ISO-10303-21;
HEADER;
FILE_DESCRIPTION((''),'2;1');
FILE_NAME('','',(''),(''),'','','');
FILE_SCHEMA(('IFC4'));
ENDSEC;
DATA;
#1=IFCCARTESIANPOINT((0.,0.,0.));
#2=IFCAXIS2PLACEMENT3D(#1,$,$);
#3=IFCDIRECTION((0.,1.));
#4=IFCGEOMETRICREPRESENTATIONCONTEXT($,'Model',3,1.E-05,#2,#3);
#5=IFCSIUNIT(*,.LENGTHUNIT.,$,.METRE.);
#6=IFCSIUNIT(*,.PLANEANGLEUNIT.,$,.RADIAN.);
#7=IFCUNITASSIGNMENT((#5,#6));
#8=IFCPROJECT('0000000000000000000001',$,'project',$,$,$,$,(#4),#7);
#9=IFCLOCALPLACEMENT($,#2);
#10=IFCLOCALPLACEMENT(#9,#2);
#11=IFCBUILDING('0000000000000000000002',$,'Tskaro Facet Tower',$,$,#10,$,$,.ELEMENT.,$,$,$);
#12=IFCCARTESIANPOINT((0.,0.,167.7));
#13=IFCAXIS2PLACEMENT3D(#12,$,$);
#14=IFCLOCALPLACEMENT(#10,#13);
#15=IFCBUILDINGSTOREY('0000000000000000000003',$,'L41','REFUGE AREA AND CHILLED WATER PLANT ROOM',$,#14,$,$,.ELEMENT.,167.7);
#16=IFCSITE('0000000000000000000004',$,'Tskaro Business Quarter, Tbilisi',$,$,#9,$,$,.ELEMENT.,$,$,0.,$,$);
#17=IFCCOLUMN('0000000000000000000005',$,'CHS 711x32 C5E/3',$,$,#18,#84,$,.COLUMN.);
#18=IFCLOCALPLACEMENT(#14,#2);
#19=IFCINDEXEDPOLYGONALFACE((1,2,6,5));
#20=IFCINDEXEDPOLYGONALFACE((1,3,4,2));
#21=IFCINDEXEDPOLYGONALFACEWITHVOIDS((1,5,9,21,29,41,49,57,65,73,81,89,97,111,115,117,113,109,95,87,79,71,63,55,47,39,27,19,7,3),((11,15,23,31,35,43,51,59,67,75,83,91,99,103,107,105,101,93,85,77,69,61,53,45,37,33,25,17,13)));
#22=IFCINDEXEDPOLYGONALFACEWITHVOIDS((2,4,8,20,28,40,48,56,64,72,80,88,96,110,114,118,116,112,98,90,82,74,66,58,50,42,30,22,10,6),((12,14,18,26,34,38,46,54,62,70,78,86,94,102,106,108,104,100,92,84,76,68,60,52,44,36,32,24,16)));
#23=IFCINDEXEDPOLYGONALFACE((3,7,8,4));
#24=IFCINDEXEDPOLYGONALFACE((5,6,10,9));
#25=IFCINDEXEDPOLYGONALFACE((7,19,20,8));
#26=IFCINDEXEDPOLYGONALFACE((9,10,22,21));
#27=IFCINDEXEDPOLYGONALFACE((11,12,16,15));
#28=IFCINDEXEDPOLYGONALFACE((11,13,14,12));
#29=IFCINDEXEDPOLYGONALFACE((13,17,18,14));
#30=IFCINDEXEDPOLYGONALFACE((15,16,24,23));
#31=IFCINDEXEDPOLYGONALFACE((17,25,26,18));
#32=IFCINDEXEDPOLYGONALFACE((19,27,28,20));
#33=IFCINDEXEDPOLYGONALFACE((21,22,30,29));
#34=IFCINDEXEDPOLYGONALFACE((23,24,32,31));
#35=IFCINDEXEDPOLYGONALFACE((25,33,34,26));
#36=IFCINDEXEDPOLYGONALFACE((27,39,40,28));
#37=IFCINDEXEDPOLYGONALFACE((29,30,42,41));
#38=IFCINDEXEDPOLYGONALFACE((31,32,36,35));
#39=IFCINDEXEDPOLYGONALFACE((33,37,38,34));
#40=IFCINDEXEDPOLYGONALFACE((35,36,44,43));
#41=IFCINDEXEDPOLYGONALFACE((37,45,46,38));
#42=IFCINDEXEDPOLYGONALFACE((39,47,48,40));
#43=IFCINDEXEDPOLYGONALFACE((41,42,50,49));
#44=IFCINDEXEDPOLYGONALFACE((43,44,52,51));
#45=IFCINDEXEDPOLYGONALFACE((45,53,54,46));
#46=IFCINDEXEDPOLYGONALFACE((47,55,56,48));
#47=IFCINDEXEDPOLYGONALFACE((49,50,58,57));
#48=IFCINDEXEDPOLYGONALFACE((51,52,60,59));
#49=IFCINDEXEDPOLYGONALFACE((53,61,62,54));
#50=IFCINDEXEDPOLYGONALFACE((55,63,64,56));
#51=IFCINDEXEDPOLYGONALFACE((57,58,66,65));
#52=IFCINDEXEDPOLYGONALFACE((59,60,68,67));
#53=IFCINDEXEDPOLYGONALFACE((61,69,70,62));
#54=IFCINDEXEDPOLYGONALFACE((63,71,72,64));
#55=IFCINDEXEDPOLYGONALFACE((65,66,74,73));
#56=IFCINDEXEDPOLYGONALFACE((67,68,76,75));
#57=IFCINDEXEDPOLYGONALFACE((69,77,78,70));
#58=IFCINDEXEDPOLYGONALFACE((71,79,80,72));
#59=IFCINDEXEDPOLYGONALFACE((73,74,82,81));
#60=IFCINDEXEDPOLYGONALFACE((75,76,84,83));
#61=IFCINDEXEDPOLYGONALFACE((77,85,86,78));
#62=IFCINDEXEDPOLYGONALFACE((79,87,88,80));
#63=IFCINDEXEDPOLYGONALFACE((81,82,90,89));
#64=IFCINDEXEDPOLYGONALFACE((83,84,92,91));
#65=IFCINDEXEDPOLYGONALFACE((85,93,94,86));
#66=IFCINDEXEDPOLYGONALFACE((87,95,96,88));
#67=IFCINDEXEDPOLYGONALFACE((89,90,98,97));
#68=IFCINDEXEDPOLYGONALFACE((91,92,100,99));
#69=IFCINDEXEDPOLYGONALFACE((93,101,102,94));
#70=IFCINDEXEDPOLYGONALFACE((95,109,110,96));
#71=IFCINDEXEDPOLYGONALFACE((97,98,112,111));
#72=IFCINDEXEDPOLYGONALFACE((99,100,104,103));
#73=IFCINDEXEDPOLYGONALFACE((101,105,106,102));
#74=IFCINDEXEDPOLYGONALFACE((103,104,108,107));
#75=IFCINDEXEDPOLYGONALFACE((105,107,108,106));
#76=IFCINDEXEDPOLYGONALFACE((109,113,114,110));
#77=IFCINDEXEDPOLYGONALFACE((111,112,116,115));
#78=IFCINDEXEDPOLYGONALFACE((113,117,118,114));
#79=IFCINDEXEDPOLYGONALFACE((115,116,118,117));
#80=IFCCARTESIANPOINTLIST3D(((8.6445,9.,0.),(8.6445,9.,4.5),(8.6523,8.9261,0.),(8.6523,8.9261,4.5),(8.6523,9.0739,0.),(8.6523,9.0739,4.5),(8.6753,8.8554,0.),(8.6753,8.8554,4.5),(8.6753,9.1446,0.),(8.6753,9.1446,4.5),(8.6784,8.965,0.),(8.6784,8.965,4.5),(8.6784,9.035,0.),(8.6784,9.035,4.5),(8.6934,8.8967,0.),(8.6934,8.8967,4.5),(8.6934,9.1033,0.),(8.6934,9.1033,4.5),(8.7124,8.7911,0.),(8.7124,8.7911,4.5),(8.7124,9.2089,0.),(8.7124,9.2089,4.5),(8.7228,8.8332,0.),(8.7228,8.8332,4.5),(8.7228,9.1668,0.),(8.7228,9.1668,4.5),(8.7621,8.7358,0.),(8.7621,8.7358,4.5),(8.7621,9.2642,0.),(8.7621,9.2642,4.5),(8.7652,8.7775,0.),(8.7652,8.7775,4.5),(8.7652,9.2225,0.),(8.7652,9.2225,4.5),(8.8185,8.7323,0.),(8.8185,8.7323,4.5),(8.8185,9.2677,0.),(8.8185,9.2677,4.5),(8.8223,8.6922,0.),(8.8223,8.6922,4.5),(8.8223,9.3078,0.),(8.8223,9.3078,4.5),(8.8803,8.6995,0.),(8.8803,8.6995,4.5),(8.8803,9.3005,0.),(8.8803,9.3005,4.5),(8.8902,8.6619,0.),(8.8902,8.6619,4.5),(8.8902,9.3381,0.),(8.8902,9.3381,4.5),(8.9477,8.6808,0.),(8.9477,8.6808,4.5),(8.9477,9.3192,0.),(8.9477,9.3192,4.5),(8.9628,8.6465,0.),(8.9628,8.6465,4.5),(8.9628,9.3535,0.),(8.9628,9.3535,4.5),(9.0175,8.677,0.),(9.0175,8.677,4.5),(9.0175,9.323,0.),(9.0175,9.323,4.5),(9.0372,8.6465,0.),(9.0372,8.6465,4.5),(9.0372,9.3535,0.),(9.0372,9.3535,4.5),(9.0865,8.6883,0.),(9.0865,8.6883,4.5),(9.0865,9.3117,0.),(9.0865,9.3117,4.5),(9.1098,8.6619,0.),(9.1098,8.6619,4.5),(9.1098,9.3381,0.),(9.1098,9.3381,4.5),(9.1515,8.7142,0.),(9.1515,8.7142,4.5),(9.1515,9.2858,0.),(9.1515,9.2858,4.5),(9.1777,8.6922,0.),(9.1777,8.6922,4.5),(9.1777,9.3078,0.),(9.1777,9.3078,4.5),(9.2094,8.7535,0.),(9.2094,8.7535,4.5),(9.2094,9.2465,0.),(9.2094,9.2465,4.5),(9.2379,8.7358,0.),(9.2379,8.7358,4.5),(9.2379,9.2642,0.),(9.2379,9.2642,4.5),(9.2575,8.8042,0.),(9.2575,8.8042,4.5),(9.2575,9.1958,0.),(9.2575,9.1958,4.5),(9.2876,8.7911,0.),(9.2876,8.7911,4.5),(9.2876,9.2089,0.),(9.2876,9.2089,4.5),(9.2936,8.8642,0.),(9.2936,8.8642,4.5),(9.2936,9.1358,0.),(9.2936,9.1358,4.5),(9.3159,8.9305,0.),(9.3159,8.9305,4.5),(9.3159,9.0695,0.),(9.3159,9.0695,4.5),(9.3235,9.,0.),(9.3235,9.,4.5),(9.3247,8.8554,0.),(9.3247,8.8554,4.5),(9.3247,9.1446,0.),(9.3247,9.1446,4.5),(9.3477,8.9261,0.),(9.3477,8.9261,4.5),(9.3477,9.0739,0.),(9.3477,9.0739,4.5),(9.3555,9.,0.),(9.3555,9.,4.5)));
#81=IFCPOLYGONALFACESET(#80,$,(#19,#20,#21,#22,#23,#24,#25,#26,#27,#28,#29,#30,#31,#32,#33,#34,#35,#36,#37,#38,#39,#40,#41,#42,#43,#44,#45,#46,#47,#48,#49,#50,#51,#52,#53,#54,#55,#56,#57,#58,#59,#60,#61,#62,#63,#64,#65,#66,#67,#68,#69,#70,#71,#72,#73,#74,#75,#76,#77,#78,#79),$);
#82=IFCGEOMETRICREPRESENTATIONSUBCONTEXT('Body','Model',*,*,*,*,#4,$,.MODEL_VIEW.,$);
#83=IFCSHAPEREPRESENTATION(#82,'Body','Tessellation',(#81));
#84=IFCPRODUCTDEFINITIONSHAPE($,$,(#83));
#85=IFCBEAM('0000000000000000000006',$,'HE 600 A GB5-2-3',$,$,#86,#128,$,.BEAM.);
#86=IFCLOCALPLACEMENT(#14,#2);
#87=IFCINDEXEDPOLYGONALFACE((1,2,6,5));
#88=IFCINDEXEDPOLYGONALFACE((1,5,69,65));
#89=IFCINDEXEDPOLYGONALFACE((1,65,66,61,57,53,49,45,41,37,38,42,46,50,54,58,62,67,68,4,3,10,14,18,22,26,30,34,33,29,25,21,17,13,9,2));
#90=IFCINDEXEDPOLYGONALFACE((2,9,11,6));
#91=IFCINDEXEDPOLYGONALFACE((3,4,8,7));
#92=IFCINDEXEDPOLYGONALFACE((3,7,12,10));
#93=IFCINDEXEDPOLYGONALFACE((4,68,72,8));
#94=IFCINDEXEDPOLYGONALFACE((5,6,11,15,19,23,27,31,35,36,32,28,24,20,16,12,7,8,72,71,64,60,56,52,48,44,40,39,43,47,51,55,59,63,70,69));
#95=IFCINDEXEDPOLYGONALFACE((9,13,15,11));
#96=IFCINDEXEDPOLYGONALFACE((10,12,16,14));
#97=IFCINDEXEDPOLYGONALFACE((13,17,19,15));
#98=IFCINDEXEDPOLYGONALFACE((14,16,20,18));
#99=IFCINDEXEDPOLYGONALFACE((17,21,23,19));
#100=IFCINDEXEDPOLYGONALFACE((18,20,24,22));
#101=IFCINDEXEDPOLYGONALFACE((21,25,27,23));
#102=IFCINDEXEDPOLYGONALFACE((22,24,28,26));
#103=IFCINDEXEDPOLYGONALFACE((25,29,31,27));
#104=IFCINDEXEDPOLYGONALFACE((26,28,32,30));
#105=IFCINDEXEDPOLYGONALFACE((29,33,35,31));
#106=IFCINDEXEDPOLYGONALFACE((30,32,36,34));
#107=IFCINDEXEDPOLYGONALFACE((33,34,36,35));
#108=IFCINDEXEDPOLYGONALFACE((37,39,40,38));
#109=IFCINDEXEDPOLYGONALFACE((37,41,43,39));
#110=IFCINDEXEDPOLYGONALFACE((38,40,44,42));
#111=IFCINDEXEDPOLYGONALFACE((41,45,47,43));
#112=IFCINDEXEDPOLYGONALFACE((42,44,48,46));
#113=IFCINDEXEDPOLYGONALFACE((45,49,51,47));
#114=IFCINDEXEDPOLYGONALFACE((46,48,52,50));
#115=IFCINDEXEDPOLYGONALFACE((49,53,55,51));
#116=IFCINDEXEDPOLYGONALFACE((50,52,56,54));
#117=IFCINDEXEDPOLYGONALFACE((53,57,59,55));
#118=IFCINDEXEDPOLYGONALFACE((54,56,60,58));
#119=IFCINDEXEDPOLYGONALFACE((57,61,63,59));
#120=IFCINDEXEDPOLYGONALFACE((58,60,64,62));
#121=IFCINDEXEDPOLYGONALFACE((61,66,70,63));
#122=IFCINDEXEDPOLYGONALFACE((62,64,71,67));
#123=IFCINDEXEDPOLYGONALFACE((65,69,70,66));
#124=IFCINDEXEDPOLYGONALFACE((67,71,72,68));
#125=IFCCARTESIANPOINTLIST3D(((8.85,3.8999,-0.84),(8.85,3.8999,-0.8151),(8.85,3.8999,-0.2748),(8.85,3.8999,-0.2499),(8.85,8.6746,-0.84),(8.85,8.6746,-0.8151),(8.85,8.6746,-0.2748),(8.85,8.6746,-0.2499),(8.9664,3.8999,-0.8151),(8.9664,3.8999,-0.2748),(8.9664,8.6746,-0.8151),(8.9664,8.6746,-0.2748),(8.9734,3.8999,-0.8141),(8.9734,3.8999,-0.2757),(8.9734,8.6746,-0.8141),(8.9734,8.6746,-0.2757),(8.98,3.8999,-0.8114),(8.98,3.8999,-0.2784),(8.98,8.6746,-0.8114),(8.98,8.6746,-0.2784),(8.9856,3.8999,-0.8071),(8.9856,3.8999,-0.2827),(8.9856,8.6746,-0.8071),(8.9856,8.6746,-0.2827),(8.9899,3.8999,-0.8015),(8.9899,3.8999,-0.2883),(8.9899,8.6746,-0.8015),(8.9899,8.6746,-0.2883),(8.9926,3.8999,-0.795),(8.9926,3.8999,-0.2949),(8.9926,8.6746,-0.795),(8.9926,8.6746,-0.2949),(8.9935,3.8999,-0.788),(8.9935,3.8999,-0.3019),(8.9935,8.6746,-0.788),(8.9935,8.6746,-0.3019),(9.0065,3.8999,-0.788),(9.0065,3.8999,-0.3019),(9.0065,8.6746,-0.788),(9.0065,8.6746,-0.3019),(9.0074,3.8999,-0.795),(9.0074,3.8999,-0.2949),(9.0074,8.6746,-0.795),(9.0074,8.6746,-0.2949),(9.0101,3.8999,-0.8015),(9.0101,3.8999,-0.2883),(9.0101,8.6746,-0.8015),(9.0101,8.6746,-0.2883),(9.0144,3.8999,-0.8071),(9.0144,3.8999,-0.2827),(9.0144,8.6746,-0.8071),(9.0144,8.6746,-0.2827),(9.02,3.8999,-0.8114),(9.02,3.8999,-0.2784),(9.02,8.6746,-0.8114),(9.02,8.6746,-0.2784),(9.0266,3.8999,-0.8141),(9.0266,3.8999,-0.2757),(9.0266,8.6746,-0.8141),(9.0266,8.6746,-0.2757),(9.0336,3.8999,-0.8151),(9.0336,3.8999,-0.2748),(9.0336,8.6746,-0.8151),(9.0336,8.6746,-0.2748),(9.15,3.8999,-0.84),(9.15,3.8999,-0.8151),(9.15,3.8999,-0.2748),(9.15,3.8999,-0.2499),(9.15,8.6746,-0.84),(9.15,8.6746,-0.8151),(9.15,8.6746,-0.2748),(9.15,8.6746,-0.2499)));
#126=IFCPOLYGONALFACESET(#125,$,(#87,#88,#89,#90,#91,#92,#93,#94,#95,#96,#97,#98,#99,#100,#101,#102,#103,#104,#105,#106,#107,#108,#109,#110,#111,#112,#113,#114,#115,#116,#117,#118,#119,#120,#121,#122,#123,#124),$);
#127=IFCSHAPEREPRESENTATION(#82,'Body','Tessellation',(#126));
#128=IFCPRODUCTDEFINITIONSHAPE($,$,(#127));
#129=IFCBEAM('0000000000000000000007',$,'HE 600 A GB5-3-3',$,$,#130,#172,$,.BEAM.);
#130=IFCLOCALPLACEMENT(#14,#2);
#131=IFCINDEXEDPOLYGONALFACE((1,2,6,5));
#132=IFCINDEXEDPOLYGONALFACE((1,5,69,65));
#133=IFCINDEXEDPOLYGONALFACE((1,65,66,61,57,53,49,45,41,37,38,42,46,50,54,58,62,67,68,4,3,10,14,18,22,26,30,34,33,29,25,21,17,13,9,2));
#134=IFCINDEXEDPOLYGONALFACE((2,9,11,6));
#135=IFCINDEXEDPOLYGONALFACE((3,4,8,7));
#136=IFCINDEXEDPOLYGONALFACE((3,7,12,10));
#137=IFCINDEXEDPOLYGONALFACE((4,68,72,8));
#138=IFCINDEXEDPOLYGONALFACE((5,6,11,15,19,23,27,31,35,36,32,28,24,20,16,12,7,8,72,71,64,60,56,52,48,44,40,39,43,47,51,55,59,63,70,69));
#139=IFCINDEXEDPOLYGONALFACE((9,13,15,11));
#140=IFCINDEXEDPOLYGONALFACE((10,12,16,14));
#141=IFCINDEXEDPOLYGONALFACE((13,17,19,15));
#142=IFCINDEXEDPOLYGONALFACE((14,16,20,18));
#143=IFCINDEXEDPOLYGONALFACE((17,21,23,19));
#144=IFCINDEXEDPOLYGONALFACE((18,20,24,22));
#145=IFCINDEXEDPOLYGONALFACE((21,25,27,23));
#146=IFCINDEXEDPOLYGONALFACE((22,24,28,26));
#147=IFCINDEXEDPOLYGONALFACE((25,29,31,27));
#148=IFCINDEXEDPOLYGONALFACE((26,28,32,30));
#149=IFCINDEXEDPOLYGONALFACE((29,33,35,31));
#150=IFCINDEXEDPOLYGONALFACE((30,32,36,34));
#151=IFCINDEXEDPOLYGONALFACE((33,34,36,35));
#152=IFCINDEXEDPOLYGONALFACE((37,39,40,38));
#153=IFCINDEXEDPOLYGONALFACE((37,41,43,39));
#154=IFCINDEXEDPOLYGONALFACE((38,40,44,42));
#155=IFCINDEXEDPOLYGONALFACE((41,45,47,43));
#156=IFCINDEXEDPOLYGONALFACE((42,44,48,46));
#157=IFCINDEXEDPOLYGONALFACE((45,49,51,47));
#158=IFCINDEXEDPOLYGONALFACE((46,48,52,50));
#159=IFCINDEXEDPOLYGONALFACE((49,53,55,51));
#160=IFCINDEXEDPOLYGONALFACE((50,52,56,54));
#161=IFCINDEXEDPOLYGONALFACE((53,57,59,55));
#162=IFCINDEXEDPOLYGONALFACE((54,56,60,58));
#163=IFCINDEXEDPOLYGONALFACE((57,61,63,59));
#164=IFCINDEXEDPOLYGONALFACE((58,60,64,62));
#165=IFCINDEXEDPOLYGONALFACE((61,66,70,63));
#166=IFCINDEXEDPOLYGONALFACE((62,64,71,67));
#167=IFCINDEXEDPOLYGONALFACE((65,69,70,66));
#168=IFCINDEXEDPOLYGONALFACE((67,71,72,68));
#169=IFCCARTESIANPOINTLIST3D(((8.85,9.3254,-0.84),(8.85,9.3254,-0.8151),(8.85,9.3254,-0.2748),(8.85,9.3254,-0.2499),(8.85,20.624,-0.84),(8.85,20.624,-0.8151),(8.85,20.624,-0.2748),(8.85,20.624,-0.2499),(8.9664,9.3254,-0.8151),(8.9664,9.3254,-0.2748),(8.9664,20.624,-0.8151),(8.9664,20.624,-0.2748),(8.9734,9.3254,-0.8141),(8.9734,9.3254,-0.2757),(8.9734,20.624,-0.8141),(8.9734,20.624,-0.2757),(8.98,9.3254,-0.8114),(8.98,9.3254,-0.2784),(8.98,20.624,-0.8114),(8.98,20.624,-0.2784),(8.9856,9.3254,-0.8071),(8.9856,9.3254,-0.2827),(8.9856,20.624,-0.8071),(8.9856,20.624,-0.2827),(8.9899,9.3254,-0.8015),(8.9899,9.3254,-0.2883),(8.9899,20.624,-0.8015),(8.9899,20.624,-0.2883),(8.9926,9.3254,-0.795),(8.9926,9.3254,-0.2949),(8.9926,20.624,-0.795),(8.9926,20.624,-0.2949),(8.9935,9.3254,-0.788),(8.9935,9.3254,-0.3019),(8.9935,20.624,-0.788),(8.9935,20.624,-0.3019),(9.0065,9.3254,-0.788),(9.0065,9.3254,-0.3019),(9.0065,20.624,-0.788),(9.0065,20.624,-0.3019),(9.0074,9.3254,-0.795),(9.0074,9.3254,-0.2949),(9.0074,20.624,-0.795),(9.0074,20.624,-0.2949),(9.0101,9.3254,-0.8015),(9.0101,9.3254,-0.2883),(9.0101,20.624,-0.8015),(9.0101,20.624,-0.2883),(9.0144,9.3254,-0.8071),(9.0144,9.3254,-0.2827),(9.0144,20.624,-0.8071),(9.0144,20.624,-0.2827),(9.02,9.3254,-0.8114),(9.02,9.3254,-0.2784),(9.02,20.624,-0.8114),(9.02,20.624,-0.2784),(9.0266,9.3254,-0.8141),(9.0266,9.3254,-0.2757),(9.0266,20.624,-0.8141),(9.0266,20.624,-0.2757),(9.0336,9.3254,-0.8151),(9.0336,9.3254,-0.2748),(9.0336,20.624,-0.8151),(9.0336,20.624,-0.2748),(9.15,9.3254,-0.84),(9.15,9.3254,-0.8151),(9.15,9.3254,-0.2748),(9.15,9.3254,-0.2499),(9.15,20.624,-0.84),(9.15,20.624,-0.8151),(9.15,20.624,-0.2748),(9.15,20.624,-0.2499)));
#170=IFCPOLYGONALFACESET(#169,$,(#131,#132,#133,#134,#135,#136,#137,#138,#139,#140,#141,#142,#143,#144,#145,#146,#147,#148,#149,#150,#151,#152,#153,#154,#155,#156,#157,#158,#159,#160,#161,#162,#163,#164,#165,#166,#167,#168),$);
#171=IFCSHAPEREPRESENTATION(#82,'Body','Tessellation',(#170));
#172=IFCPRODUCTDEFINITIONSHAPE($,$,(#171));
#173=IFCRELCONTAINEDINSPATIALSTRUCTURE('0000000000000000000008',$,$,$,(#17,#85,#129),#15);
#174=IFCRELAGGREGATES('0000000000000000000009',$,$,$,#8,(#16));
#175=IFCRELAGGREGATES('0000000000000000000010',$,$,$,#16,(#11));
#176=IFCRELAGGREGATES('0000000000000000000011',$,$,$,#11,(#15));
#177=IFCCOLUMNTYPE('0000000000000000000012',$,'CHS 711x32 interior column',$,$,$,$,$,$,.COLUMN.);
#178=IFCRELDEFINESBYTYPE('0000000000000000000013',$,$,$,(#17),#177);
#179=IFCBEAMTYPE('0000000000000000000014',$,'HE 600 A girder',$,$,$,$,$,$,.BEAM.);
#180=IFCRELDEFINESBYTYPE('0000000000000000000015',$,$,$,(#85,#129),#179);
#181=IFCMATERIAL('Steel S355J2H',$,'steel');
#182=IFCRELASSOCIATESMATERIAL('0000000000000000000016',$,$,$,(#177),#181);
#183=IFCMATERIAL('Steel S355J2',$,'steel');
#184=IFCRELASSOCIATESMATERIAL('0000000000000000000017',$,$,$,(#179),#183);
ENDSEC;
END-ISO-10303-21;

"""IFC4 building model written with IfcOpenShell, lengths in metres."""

from ifc_helpers import new_model, si_unit, direction, frame, origin, origin_2d, place, context, subcontext, project, spatial, hollow_circle, i_section, extrude, material, material_profile, profile_set, type_object, element, save


model = new_model("IFC4")

# Units and contexts
model_context = context("Model", 3, precision=1e-05, world=origin(), true_north=direction((0.0, 1.0)))
body_context = subcontext(model_context, "Body", "Model", "MODEL_VIEW")
ifc_project = project(units=[si_unit("LENGTHUNIT", "METRE"), si_unit("PLANEANGLEUNIT", "RADIAN")], contexts=[model_context])

# Site, building, storey
site_placement = place(None, origin())
site = spatial("IfcSite", under=ifc_project, at=site_placement, Name="Tskaro Business Quarter, Tbilisi", CompositionType="ELEMENT", RefElevation=0.0)
building_placement = place(site_placement, origin())
building = spatial("IfcBuilding", under=site, at=building_placement, Name="Tskaro Facet Tower", CompositionType="ELEMENT")
storey_placement = place(building_placement, frame((0.0, 0.0, 167.7)))
storey = spatial("IfcBuildingStorey", under=building, at=storey_placement, Name="L41", Description="REFUGE AREA AND CHILLED WATER PLANT ROOM", CompositionType="ELEMENT", Elevation=167.7)

# Column
ifc_material_1 = material(Name="Steel S355J2H", Category="steel")
ifc_material_profile_1 = material_profile(ifc_material_1, hollow_circle(Radius=0.3555, WallThickness=0.032, at=origin_2d()), Name="CHS 711x32")
ifc_profile_set_1 = profile_set([ifc_material_profile_1], Name="Steel S355J2H")
column_type = type_object("IfcColumnType", Name="CHS 711x32 interior column", PredefinedType="COLUMN", material=ifc_profile_set_1)
column_placement = place(storey_placement, frame((9.0, 9.0, 0.0), z_axis=(0.0, 0.0, 1.0), x_axis=(1.0, 0.0, 0.0)))
element("IfcColumn", 1, at=column_placement, inside=storey, type_object=column_type, Name="CHS 711x32 C5E/3", PredefinedType="COLUMN", context=body_context, shape_type="SweptSolid", body=[
    extrude(hollow_circle(Radius=0.3555, WallThickness=0.032, at=origin_2d()), origin(), (0.0, 0.0, 1.0), 4.5),
])

# Beams
ifc_material_2 = material(Name="Steel S355J2", Category="steel")
ifc_material_profile_2 = material_profile(ifc_material_2, i_section(OverallWidth=0.3, OverallDepth=0.5901, WebThickness=0.0129, FlangeThickness=0.0249, FilletRadius=0.0271, at=origin_2d()), Name="HE 600 A")
ifc_profile_set_2 = profile_set([ifc_material_profile_2], Name="Steel S355J2")
beam_type_1 = type_object("IfcBeamType", Name="HE 600 A girder", PredefinedType="BEAM", material=ifc_profile_set_2)
beam_1_placement = place(storey_placement, frame((9.0, 3.8999, -0.5449), z_axis=(0.0, 1.0, 0.0), x_axis=(-1.0, 0.0, 0.0)))
element("IfcBeam", 2, at=beam_1_placement, inside=storey, type_object=beam_type_1, Name="HE 600 A GB5-2-3", PredefinedType="BEAM", context=body_context, shape_type="SweptSolid", body=[
    extrude(i_section(OverallWidth=0.3, OverallDepth=0.5901, WebThickness=0.0129, FlangeThickness=0.0249, FilletRadius=0.0271, at=origin_2d()), origin(), (0.0, 0.0, 1.0), 4.7747),
])
beam_2_placement = place(storey_placement, frame((9.0, 9.3254, -0.5449), z_axis=(0.0, 1.0, 0.0), x_axis=(-1.0, 0.0, 0.0)))
element("IfcBeam", 3, at=beam_2_placement, inside=storey, type_object=beam_type_1, Name="HE 600 A GB5-3-3", PredefinedType="BEAM", context=body_context, shape_type="SweptSolid", body=[
    extrude(i_section(OverallWidth=0.3, OverallDepth=0.5901, WebThickness=0.0129, FlangeThickness=0.0249, FilletRadius=0.0271, at=origin_2d()), origin(), (0.0, 0.0, 1.0), 11.2986),
])

save(model, "model.ifc")
